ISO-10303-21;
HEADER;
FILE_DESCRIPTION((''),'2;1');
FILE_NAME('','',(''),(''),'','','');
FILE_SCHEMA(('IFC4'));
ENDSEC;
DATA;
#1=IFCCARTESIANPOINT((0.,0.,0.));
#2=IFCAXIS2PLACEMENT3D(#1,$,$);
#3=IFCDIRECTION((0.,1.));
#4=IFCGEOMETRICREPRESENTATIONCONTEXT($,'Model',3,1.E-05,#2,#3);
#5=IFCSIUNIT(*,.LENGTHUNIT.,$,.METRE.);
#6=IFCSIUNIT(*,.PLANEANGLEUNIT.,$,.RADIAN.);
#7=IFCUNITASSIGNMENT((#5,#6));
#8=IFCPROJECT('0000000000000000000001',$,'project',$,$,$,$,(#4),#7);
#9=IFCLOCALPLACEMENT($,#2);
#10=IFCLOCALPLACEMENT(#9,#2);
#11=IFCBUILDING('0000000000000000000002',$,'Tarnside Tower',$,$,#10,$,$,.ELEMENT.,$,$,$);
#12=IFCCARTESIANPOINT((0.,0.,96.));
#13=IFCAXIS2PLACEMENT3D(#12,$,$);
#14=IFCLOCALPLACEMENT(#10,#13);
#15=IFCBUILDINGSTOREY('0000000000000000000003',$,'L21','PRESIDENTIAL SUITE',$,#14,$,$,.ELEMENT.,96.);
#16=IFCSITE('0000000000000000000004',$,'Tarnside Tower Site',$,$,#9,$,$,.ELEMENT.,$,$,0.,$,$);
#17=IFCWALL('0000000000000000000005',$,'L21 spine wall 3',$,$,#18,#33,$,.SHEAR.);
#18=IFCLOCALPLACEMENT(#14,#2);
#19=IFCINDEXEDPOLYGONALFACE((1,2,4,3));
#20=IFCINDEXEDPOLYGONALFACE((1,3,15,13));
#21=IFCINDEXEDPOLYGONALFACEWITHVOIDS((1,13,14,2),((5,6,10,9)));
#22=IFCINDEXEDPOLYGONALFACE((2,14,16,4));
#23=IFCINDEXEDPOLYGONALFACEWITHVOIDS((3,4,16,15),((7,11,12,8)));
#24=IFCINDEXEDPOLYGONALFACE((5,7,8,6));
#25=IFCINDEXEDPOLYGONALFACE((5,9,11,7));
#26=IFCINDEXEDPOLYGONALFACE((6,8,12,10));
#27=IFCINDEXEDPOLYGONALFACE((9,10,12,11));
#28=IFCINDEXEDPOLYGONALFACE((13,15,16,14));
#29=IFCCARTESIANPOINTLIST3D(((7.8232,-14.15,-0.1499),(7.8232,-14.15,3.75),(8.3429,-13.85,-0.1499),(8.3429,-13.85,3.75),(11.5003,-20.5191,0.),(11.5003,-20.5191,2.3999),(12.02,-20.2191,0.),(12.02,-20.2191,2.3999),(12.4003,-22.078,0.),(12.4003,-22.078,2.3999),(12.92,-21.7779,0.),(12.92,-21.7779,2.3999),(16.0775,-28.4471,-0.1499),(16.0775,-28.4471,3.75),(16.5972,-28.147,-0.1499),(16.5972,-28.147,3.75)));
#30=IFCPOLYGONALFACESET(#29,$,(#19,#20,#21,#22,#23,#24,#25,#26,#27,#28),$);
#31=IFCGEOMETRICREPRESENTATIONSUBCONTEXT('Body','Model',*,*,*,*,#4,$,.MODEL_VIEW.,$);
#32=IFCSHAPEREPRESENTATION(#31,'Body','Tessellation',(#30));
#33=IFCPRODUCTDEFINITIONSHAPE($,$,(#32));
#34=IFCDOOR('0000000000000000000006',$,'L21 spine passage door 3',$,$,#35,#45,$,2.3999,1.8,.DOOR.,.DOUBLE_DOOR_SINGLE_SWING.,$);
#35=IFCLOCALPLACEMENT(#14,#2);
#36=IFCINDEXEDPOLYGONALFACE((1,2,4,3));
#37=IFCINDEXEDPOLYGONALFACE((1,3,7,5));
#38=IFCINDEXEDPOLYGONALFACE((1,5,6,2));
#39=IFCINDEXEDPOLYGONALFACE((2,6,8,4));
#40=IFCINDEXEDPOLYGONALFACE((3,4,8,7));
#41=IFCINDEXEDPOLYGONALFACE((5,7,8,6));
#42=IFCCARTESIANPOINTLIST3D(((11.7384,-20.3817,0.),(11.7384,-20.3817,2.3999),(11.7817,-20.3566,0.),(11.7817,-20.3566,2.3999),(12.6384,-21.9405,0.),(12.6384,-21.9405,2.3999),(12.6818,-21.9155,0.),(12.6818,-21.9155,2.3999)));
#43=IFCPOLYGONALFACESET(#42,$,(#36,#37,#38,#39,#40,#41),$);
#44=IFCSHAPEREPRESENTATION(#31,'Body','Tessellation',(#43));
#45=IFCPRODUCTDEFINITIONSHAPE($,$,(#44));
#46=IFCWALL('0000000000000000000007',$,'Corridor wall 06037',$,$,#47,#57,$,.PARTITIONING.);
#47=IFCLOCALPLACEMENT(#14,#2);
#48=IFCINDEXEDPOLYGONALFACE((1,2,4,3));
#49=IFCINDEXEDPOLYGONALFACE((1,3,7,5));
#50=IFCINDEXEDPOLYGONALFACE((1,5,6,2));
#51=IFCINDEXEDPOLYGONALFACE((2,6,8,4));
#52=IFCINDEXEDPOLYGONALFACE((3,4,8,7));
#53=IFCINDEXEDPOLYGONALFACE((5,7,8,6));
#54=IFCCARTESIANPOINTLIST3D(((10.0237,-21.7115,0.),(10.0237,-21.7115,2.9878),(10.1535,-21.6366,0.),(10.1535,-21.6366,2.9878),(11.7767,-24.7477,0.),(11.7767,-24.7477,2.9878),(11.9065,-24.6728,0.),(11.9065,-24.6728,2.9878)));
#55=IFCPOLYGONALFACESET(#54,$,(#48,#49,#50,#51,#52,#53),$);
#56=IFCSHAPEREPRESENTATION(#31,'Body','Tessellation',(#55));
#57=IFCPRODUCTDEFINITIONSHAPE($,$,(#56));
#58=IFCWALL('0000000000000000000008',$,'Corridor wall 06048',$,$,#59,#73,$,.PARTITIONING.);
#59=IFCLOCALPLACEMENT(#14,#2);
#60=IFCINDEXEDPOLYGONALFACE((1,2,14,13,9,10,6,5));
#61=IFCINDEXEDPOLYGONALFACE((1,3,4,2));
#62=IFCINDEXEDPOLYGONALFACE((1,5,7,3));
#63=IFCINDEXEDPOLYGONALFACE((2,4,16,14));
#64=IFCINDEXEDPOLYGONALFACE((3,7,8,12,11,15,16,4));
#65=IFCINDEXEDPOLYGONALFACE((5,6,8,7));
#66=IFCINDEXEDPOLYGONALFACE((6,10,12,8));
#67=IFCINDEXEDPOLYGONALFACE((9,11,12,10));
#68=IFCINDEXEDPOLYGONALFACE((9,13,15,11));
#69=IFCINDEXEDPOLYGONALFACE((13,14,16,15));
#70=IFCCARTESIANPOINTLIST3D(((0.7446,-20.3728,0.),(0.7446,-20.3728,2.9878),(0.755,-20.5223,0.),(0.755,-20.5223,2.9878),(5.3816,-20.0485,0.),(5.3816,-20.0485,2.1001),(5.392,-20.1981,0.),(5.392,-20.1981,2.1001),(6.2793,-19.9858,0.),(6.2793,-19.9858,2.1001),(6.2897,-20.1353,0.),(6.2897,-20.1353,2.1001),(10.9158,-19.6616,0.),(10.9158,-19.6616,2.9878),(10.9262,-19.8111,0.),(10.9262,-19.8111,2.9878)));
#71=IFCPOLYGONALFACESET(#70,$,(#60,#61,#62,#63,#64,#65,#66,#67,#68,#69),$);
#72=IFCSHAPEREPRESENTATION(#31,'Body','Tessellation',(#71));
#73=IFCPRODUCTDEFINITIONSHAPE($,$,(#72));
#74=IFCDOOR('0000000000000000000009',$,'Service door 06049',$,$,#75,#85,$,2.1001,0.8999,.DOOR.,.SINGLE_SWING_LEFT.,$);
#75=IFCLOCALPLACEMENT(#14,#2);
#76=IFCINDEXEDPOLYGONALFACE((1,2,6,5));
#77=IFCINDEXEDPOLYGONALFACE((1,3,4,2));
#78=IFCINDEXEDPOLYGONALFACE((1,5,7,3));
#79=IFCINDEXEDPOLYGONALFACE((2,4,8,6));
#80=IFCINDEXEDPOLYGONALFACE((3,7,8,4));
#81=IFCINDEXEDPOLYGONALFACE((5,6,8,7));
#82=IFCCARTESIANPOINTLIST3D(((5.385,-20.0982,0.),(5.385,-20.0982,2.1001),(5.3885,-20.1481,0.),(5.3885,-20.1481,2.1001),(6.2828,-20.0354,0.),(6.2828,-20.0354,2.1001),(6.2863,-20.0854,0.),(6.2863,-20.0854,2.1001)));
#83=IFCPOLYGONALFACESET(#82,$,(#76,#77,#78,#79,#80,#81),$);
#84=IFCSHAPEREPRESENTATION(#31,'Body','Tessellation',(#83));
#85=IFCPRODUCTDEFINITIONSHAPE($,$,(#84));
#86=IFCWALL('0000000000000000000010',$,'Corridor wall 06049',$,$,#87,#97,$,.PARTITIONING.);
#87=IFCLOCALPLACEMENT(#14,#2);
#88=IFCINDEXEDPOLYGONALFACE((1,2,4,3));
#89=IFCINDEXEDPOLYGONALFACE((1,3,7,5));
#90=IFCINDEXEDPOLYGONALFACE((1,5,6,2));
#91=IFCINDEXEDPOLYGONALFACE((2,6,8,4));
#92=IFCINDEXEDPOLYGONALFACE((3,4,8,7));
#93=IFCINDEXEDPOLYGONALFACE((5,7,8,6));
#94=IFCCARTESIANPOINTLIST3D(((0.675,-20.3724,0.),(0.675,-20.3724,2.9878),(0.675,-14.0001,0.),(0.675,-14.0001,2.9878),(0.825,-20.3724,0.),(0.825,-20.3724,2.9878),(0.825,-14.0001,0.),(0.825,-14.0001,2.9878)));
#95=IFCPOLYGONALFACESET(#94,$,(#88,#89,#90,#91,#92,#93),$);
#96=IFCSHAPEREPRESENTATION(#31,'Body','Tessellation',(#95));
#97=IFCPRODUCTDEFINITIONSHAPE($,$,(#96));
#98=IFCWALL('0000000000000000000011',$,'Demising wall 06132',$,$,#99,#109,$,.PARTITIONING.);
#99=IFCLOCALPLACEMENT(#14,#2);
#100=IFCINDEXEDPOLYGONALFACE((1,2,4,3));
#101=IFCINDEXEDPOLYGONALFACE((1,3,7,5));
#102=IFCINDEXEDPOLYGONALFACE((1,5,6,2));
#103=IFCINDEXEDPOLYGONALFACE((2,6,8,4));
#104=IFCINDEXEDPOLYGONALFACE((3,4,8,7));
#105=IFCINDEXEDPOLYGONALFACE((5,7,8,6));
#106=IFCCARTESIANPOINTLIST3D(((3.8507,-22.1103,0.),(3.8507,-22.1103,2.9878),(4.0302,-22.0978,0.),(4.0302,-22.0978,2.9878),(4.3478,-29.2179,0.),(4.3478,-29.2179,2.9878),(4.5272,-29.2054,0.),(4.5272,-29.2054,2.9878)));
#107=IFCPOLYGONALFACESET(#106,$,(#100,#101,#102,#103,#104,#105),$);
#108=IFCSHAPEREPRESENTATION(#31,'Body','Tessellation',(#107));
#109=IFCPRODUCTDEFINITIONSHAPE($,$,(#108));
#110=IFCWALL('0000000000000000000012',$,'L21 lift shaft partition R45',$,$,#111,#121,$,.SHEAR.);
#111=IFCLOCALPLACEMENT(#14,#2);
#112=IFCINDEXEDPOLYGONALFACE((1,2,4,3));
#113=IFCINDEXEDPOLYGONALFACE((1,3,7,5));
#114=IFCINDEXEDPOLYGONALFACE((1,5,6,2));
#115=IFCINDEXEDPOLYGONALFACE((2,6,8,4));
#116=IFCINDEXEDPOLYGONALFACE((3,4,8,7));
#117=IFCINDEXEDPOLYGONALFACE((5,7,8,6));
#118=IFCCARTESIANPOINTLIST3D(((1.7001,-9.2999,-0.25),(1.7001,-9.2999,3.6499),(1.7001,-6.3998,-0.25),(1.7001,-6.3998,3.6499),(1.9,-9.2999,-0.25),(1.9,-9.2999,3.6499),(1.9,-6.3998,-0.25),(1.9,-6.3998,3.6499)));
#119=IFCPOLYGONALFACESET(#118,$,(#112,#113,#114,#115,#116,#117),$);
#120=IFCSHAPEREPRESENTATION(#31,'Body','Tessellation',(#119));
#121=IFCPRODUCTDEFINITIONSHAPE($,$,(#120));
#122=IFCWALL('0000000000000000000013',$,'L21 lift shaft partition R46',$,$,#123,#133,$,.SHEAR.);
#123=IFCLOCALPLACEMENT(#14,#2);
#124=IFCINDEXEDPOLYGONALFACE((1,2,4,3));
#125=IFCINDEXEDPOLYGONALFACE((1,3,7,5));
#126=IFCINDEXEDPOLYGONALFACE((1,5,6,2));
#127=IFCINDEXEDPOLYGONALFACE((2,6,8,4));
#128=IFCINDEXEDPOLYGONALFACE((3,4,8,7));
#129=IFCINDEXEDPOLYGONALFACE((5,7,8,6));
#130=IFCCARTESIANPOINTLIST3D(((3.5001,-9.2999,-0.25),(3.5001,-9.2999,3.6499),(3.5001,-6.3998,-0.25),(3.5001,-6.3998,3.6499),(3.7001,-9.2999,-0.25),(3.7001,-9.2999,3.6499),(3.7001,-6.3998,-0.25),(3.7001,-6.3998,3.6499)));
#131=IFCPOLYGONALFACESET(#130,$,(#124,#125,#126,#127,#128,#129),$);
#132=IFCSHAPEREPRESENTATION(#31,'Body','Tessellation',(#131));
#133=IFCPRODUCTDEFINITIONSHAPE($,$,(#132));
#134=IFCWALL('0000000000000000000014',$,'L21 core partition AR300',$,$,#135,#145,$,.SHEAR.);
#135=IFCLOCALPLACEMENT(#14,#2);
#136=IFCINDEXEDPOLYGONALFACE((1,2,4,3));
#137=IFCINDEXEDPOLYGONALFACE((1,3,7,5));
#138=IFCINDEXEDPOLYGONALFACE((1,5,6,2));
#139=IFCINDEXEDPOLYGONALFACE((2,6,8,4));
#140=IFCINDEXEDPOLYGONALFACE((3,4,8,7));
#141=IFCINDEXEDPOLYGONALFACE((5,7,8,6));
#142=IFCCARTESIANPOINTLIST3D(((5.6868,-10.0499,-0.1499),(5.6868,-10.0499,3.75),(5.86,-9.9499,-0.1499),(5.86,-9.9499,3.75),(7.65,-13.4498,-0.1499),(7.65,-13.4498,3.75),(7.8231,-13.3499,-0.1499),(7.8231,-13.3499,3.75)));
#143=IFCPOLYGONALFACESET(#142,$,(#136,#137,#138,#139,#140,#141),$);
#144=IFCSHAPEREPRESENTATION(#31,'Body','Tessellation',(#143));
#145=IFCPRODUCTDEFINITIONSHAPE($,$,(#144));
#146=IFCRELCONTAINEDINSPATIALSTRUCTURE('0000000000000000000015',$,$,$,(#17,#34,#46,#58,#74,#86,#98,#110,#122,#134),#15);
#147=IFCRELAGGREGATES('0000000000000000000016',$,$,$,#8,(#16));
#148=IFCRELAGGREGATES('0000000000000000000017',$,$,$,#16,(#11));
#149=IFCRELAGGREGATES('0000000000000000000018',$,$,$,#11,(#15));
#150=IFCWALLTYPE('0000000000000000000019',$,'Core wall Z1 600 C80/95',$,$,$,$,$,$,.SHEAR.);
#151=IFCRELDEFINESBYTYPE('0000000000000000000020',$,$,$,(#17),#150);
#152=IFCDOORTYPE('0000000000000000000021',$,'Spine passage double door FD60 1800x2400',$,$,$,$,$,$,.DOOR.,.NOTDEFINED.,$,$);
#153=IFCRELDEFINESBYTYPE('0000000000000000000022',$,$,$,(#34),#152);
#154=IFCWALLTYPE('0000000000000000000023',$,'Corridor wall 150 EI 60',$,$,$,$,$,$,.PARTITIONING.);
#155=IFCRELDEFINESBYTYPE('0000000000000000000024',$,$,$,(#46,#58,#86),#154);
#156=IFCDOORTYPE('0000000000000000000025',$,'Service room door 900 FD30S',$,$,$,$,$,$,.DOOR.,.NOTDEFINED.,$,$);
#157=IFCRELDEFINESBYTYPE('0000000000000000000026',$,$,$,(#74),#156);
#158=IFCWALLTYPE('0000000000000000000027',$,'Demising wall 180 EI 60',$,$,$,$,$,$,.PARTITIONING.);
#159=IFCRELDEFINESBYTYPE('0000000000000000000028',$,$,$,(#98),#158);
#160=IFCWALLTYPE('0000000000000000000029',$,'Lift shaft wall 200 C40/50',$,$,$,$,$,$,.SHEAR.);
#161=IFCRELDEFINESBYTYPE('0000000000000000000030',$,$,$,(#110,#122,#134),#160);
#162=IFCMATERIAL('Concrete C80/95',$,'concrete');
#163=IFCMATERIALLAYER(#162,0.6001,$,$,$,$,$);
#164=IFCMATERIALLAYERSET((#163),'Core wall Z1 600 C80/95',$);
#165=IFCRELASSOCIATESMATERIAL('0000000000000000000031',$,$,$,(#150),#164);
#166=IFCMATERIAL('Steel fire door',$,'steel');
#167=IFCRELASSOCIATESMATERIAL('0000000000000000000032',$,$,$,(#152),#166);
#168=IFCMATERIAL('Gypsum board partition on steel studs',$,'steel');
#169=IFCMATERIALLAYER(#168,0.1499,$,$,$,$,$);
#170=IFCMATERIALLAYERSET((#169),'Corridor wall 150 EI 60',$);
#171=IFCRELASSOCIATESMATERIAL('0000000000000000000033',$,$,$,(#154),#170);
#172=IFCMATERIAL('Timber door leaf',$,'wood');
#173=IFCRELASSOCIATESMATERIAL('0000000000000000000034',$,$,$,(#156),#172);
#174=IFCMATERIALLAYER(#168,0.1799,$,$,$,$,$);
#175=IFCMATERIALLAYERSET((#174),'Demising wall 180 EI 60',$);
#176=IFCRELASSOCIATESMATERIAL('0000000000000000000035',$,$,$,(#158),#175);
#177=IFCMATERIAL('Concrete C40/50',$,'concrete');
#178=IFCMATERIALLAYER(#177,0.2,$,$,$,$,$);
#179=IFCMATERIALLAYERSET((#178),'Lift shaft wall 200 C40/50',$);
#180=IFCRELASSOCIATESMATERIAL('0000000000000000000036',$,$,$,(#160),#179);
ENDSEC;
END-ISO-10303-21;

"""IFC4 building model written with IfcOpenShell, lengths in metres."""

from ifc_helpers import new_model, si_unit, direction, frame, frame_2d, origin, place, context, subcontext, project, spatial, rectangle, extrude, material, layer, layer_set, type_object, element, fill, save


model = new_model("IFC4")

# Units and contexts
model_context = context("Model", 3, precision=1e-05, world=origin(), true_north=direction((0.0, 1.0)))
body_context = subcontext(model_context, "Body", "Model", "MODEL_VIEW")
ifc_project = project(units=[si_unit("LENGTHUNIT", "METRE"), si_unit("PLANEANGLEUNIT", "RADIAN")], contexts=[model_context])

# Site, building, storey
site_placement = place(None, origin())
site = spatial("IfcSite", under=ifc_project, at=site_placement, Name="Tarnside Tower Site", CompositionType="ELEMENT", RefElevation=0.0)
building_placement = place(site_placement, origin())
building = spatial("IfcBuilding", under=site, at=building_placement, Name="Tarnside Tower", CompositionType="ELEMENT")
storey_placement = place(building_placement, frame((0.0, 0.0, 96.0)))
storey = spatial("IfcBuildingStorey", under=building, at=storey_placement, Name="L21", Description="PRESIDENTIAL SUITE", CompositionType="ELEMENT", Elevation=96.0)

# Shared definitions
ifc_material_1 = material(Name="Gypsum board partition on steel studs", Category="steel")
ifc_material_2 = material(Name="Timber door leaf", Category="wood")

# Wall, opening, door
ifc_material_3 = material(Name="Steel fire door", Category="steel")
ifc_material_4 = material(Name="Concrete C40/50", Category="concrete")
ifc_material_5 = material(Name="Concrete C80/95", Category="concrete")
ifc_layer_1 = layer(ifc_material_5, 0.6001)
ifc_layer_set_1 = layer_set([ifc_layer_1], Name="Core wall Z1 600 C80/95")
wall_type_1 = type_object("IfcWallType", Name="Core wall Z1 600 C80/95", PredefinedType="SHEAR", material=ifc_layer_set_1)
wall_1_placement = place(storey_placement, frame((8.083, -14.0, -0.1499), z_axis=(0.0, 0.0, 1.0), x_axis=(0.499998, -0.866027, 0.0)))
wall_1 = element("IfcWall", 1, at=wall_1_placement, inside=storey, type_object=wall_type_1, Name="L21 spine wall 3", PredefinedType="SHEAR", context=body_context, shape_type="SweptSolid", body=[
    extrude(rectangle(XDim=16.5088, YDim=0.6001, at=frame_2d((8.2544, 0.0))), origin(), (0.0, 0.0, 1.0), 3.8999),
])
opening_1_placement = place(wall_1_placement, frame((7.3545, 0.0, 0.1499)))
opening_1 = element("IfcOpeningElement", 2, at=opening_1_placement, cuts=wall_1, PredefinedType="OPENING", context=body_context, shape_type="SweptSolid", body=[
    extrude(rectangle(XDim=1.8, YDim=2.3999, at=frame_2d((0.8999, 1.2))), frame((0.0, 0.3101, 0.0), z_axis=(0.0, -1.0, 0.0), x_axis=(1.0, 0.0, 0.0)), (0.0, 0.0, 1.0), 0.6201),
])
door_type_1 = type_object("IfcDoorType", Name="Spine passage double door FD60 1800x2400", OperationType="NOTDEFINED", PredefinedType="DOOR", material=ifc_material_3)
door_1_placement = place(opening_1_placement, origin())
door_1 = element("IfcDoor", 3, at=door_1_placement, inside=storey, type_object=door_type_1, Name="L21 spine passage door 3", OperationType="DOUBLE_DOOR_SINGLE_SWING", OverallHeight=2.3999, OverallWidth=1.8, PredefinedType="DOOR", context=body_context, shape_type="SweptSolid", body=[
    extrude(rectangle(XDim=1.8, YDim=2.3999, at=frame_2d((0.8999, 1.2))), frame((0.0, 0.0249, 0.0), z_axis=(0.0, -1.0, 0.0), x_axis=(1.0, 0.0, 0.0)), (0.0, 0.0, 1.0), 0.05),
])
fill(opening_1, door_1)

# Wall
ifc_layer_2 = layer(ifc_material_1, 0.1499)
ifc_layer_set_2 = layer_set([ifc_layer_2], Name="Corridor wall 150 EI 60")
wall_type_2 = type_object("IfcWallType", Name="Corridor wall 150 EI 60", PredefinedType="PARTITIONING", material=ifc_layer_set_2)
wall_2_placement = place(storey_placement, frame((10.0886, -21.6741, 0.0), z_axis=(0.0, 0.0, 1.0), x_axis=(0.500004, -0.866023, 0.0)))
element("IfcWall", 4, at=wall_2_placement, inside=storey, type_object=wall_type_2, Name="Corridor wall 06037", PredefinedType="PARTITIONING", context=body_context, shape_type="SweptSolid", body=[
    extrude(rectangle(XDim=3.5059, YDim=0.1499, at=frame_2d((1.7529, 0.0))), origin(), (0.0, 0.0, 1.0), 2.9878),
])

# Wall, opening, door
wall_3_placement = place(storey_placement, frame((10.9211, -19.7363, 0.0), z_axis=(0.0, 0.0, 1.0), x_axis=(-0.997564, -0.069751, 0.0)))
wall_3 = element("IfcWall", 5, at=wall_3_placement, inside=storey, type_object=wall_type_2, Name="Corridor wall 06048", PredefinedType="PARTITIONING", context=body_context, shape_type="SweptSolid", body=[
    extrude(rectangle(XDim=10.196, YDim=0.1499, at=frame_2d((5.0981, 0.0))), origin(), (0.0, 0.0, 1.0), 2.9878),
])
opening_2_placement = place(wall_3_placement, frame((4.6479, 0.0, 0.0)))
opening_2 = element("IfcOpeningElement", 6, at=opening_2_placement, cuts=wall_3, PredefinedType="OPENING", context=body_context, shape_type="SweptSolid", body=[
    extrude(rectangle(XDim=0.8999, YDim=2.1001, at=frame_2d((0.45, 1.05))), frame((0.0, 0.085, 0.0), z_axis=(0.0, -1.0, 0.0), x_axis=(1.0, 0.0, 0.0)), (0.0, 0.0, 1.0), 0.1699),
])
door_type_2 = type_object("IfcDoorType", Name="Service room door 900 FD30S", OperationType="NOTDEFINED", PredefinedType="DOOR", material=ifc_material_2)
door_2_placement = place(opening_2_placement, origin())
door_2 = element("IfcDoor", 7, at=door_2_placement, inside=storey, type_object=door_type_2, Name="Service door 06049", OperationType="SINGLE_SWING_LEFT", OverallHeight=2.1001, OverallWidth=0.8999, PredefinedType="DOOR", context=body_context, shape_type="SweptSolid", body=[
    extrude(rectangle(XDim=0.8999, YDim=2.1001, at=frame_2d((0.45, 1.05))), frame((0.0, 0.0249, 0.0), z_axis=(0.0, -1.0, 0.0), x_axis=(1.0, 0.0, 0.0)), (0.0, 0.0, 1.0), 0.05),
])
fill(opening_2, door_2)

# Walls
wall_4_placement = place(storey_placement, frame((0.75, -20.3723, 0.0), z_axis=(0.0, 0.0, 1.0), x_axis=(0.0, 1.0, 0.0)))
element("IfcWall", 8, at=wall_4_placement, inside=storey, type_object=wall_type_2, Name="Corridor wall 06049", PredefinedType="PARTITIONING", context=body_context, shape_type="SweptSolid", body=[
    extrude(rectangle(XDim=6.3723, YDim=0.1499, at=frame_2d((3.186, 0.0))), origin(), (0.0, 0.0, 1.0), 2.9878),
])
ifc_layer_3 = layer(ifc_material_1, 0.1799)
ifc_layer_set_3 = layer_set([ifc_layer_3], Name="Demising wall 180 EI 60")
wall_type_3 = type_object("IfcWallType", Name="Demising wall 180 EI 60", PredefinedType="PARTITIONING", material=ifc_layer_set_3)
wall_5_placement = place(storey_placement, frame((4.4375, -29.2117, 0.0), z_axis=(0.0, 0.0, 1.0), x_axis=(-0.069764, 0.997564, 0.0)))
element("IfcWall", 9, at=wall_5_placement, inside=storey, type_object=wall_type_3, Name="Demising wall 06132", PredefinedType="PARTITIONING", context=body_context, shape_type="SweptSolid", body=[
    extrude(rectangle(XDim=7.125, YDim=0.1799, at=frame_2d((3.5625, 0.0))), origin(), (0.0, 0.0, 1.0), 2.9878),
])
ifc_layer_4 = layer(ifc_material_4, 0.2)
ifc_layer_set_4 = layer_set([ifc_layer_4], Name="Lift shaft wall 200 C40/50")
wall_type_4 = type_object("IfcWallType", Name="Lift shaft wall 200 C40/50", PredefinedType="SHEAR", material=ifc_layer_set_4)
for number, where, z_axis, x_axis, name in (
    (10, (1.8, -9.3, -0.25), (0.0, 0.0, 1.0), (0.0, 1.0, 0.0), "L21 lift shaft partition R45"),
    (11, (3.6001, -9.3, -0.25), (0.0, 0.0, 1.0), (0.0, 1.0, 0.0), "L21 lift shaft partition R46"),
):
    element("IfcWall", number, at=place(storey_placement, frame(where, z_axis=z_axis, x_axis=x_axis)), inside=storey, type_object=wall_type_4, Name=name, PredefinedType="SHEAR", context=body_context, shape_type="SweptSolid", body=[
        extrude(rectangle(XDim=2.9001, YDim=0.2, at=frame_2d((1.4502, 0.0))), origin(), (0.0, 0.0, 1.0), 3.8999),
    ])
wall_6_placement = place(storey_placement, frame((5.7734, -10.0, -0.1499), z_axis=(0.0, 0.0, 1.0), x_axis=(0.500038, -0.866003, 0.0)))
element("IfcWall", 12, at=wall_6_placement, inside=storey, type_object=wall_type_4, Name="L21 core partition AR300", PredefinedType="SHEAR", context=body_context, shape_type="SweptSolid", body=[
    extrude(rectangle(XDim=3.926, YDim=0.2, at=frame_2d((1.9629, 0.0))), origin(), (0.0, 0.0, 1.0), 3.8999),
])

save(model, "model.ifc")
